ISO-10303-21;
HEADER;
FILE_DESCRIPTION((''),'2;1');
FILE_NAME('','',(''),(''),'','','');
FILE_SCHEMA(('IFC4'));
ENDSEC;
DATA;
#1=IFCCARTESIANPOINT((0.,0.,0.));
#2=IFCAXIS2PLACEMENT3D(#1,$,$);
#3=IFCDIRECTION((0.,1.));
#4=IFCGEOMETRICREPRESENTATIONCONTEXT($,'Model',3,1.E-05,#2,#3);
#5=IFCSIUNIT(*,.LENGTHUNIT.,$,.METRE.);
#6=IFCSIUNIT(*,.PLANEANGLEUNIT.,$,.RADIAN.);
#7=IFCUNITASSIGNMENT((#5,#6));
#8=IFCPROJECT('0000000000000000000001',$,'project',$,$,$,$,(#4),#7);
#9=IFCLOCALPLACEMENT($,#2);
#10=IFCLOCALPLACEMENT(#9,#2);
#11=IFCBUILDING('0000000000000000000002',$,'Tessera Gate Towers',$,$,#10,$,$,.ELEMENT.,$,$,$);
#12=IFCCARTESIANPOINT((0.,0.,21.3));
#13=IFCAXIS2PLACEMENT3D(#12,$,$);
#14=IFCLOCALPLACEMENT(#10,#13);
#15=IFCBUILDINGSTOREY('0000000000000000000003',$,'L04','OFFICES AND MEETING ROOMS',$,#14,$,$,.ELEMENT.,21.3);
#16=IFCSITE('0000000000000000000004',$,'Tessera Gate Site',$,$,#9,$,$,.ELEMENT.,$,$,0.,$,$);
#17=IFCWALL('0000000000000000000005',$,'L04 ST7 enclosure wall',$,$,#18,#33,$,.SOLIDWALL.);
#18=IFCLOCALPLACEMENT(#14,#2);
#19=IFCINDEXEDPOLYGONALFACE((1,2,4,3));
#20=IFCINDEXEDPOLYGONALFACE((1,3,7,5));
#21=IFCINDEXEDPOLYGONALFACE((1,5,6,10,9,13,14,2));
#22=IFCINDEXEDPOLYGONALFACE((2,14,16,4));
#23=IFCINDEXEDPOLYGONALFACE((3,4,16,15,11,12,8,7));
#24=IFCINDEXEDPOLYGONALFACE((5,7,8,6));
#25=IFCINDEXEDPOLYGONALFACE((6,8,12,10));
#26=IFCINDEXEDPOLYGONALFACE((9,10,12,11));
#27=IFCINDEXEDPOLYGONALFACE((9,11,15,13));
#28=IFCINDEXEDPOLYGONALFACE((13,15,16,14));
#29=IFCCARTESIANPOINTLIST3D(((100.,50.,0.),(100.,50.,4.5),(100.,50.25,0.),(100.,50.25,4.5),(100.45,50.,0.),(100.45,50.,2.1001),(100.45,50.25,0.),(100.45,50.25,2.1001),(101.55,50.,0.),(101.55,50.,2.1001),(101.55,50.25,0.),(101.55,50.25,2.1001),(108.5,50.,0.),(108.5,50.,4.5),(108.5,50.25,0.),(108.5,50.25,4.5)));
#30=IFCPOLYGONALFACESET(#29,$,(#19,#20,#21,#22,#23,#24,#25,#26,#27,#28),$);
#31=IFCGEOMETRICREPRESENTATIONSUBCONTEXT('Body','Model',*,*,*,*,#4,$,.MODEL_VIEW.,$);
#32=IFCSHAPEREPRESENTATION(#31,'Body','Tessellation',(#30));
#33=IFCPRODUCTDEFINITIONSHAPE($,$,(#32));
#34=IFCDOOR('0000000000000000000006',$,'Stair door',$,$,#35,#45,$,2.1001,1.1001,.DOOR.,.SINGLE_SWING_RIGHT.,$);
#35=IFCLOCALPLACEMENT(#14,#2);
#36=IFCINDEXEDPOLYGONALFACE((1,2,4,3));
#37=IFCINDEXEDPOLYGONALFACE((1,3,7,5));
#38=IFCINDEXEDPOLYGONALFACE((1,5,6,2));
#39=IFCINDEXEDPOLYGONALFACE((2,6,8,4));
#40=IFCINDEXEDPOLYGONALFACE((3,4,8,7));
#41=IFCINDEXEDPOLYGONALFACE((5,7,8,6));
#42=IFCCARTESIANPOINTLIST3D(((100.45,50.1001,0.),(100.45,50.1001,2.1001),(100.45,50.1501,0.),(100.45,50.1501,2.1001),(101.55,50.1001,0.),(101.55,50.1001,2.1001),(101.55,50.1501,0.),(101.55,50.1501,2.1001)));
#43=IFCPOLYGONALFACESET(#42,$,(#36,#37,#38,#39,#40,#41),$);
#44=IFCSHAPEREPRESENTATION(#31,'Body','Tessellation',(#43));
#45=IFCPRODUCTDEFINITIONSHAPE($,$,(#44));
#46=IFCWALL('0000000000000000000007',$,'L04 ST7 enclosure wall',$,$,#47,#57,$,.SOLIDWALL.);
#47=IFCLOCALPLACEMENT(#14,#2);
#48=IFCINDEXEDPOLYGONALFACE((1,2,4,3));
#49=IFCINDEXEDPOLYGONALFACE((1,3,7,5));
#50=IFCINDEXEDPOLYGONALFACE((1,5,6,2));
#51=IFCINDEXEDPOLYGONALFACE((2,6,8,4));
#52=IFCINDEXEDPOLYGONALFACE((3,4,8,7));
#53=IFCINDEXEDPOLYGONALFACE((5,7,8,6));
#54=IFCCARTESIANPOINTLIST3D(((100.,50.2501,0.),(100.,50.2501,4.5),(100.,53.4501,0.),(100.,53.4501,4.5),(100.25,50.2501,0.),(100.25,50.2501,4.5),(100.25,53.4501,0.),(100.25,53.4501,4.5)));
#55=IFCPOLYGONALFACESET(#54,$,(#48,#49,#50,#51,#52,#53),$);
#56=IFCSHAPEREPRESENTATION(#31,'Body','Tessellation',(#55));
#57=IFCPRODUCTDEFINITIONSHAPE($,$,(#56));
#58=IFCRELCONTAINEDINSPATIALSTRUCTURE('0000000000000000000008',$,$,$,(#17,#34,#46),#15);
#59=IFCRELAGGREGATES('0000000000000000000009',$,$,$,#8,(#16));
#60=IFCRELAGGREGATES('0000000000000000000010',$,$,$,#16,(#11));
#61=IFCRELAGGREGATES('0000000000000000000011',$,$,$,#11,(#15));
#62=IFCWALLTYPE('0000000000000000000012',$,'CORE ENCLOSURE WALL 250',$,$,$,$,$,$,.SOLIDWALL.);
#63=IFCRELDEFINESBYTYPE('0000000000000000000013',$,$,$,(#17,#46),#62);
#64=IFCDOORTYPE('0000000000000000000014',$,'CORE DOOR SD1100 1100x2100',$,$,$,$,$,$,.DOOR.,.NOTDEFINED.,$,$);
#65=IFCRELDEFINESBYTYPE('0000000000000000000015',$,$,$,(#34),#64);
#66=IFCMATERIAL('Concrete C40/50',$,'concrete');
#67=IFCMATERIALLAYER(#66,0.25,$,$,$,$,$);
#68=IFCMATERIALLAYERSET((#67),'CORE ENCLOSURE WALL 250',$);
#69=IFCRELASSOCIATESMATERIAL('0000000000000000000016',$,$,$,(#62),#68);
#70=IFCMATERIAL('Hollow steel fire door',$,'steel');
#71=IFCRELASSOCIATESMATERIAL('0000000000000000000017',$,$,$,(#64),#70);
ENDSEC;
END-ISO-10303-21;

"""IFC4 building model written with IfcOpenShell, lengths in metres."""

from ifc_helpers import new_model, si_unit, direction, frame, frame_2d, origin, place, context, subcontext, project, spatial, rectangle, extrude, source, transform, mapped, material, layer, layer_set, type_object, element, fill, save


model = new_model("IFC4")

# Units and contexts
model_context = context("Model", 3, precision=1e-05, world=origin(), true_north=direction((0.0, 1.0)))
body_context = subcontext(model_context, "Body", "Model", "MODEL_VIEW")
ifc_project = project(units=[si_unit("LENGTHUNIT", "METRE"), si_unit("PLANEANGLEUNIT", "RADIAN")], contexts=[model_context])

# Site, building, storey
site_placement = place(None, origin())
site = spatial("IfcSite", under=ifc_project, at=site_placement, Name="Tessera Gate Site", CompositionType="ELEMENT", RefElevation=0.0)
building_placement = place(site_placement, origin())
building = spatial("IfcBuilding", under=site, at=building_placement, Name="Tessera Gate Towers", CompositionType="ELEMENT")
storey_placement = place(building_placement, frame((0.0, 0.0, 21.3)))
storey = spatial("IfcBuildingStorey", under=building, at=storey_placement, Name="L04", Description="OFFICES AND MEETING ROOMS", CompositionType="ELEMENT", Elevation=21.3)

# Shared definitions
ifc_material_1 = material(Name="Concrete C40/50", Category="concrete")
ifc_layer = layer(ifc_material_1, 0.25)
ifc_layer_set = layer_set([ifc_layer], Name="CORE ENCLOSURE WALL 250")
wall_type = type_object("IfcWallType", Name="CORE ENCLOSURE WALL 250", PredefinedType="SOLIDWALL", material=ifc_layer_set)
shared_shape_1 = source(origin(), body_context, "Body", "SweptSolid", [
    extrude(rectangle(XDim=1.1001, YDim=2.1001, at=frame_2d((0.55, 1.05))), frame((0.0, 0.135, 0.0), z_axis=(0.0, -1.0, 0.0), x_axis=(1.0, 0.0, 0.0)), (0.0, 0.0, 1.0), 0.27),
])
shared_shape_2 = source(origin(), body_context, "Body", "SweptSolid", [
    extrude(rectangle(XDim=1.1001, YDim=2.1001, at=frame_2d((0.55, 1.05))), frame((0.0, 0.0249, 0.0), z_axis=(0.0, -1.0, 0.0), x_axis=(1.0, 0.0, 0.0)), (0.0, 0.0, 1.0), 0.05),
])

# Wall, opening, door
wall_1_placement = place(storey_placement, frame((108.5, 50.125, 0.0), z_axis=(0.0, 0.0, 1.0), x_axis=(-1.0, 0.0, 0.0)))
wall_1 = element("IfcWall", 1, at=wall_1_placement, inside=storey, type_object=wall_type, Name="L04 ST7 enclosure wall", PredefinedType="SOLIDWALL", context=body_context, shape_type="SweptSolid", body=[
    extrude(rectangle(XDim=8.5, YDim=0.25, at=frame_2d((4.25, 0.0))), origin(), (0.0, 0.0, 1.0), 4.5),
])
opening_1_placement = place(wall_1_placement, frame((6.95, 0.0, 0.0)))
opening_1 = element("IfcOpeningElement", 2, at=opening_1_placement, cuts=wall_1, PredefinedType="OPENING", context=body_context, shape_type="MappedRepresentation", body=[
    mapped(shared_shape_1, transform((0.0, 0.0, 0.0), scale=1.0)),
])
ifc_material_2 = material(Name="Hollow steel fire door", Category="steel")
door_type_1 = type_object("IfcDoorType", Name="CORE DOOR SD1100 1100x2100", OperationType="NOTDEFINED", PredefinedType="DOOR", material=ifc_material_2)
door_1_placement = place(opening_1_placement, origin())
door_1 = element("IfcDoor", 3, at=door_1_placement, inside=storey, type_object=door_type_1, Name="Stair door", OperationType="SINGLE_SWING_RIGHT", OverallHeight=2.1001, OverallWidth=1.1001, PredefinedType="DOOR", context=body_context, shape_type="MappedRepresentation", body=[
    mapped(shared_shape_2, transform((0.0, 0.0, 0.0), scale=1.0)),
])
fill(opening_1, door_1)

# Wall
wall_2_placement = place(storey_placement, frame((100.125, 50.25, 0.0), z_axis=(0.0, 0.0, 1.0), x_axis=(0.0, 1.0, 0.0)))
element("IfcWall", 4, at=wall_2_placement, inside=storey, type_object=wall_type, Name="L04 ST7 enclosure wall", PredefinedType="SOLIDWALL", context=body_context, shape_type="SweptSolid", body=[
    extrude(rectangle(XDim=3.2, YDim=0.25, at=frame_2d((1.6001, 0.0))), origin(), (0.0, 0.0, 1.0), 4.5),
])

save(model, "model.ifc")
